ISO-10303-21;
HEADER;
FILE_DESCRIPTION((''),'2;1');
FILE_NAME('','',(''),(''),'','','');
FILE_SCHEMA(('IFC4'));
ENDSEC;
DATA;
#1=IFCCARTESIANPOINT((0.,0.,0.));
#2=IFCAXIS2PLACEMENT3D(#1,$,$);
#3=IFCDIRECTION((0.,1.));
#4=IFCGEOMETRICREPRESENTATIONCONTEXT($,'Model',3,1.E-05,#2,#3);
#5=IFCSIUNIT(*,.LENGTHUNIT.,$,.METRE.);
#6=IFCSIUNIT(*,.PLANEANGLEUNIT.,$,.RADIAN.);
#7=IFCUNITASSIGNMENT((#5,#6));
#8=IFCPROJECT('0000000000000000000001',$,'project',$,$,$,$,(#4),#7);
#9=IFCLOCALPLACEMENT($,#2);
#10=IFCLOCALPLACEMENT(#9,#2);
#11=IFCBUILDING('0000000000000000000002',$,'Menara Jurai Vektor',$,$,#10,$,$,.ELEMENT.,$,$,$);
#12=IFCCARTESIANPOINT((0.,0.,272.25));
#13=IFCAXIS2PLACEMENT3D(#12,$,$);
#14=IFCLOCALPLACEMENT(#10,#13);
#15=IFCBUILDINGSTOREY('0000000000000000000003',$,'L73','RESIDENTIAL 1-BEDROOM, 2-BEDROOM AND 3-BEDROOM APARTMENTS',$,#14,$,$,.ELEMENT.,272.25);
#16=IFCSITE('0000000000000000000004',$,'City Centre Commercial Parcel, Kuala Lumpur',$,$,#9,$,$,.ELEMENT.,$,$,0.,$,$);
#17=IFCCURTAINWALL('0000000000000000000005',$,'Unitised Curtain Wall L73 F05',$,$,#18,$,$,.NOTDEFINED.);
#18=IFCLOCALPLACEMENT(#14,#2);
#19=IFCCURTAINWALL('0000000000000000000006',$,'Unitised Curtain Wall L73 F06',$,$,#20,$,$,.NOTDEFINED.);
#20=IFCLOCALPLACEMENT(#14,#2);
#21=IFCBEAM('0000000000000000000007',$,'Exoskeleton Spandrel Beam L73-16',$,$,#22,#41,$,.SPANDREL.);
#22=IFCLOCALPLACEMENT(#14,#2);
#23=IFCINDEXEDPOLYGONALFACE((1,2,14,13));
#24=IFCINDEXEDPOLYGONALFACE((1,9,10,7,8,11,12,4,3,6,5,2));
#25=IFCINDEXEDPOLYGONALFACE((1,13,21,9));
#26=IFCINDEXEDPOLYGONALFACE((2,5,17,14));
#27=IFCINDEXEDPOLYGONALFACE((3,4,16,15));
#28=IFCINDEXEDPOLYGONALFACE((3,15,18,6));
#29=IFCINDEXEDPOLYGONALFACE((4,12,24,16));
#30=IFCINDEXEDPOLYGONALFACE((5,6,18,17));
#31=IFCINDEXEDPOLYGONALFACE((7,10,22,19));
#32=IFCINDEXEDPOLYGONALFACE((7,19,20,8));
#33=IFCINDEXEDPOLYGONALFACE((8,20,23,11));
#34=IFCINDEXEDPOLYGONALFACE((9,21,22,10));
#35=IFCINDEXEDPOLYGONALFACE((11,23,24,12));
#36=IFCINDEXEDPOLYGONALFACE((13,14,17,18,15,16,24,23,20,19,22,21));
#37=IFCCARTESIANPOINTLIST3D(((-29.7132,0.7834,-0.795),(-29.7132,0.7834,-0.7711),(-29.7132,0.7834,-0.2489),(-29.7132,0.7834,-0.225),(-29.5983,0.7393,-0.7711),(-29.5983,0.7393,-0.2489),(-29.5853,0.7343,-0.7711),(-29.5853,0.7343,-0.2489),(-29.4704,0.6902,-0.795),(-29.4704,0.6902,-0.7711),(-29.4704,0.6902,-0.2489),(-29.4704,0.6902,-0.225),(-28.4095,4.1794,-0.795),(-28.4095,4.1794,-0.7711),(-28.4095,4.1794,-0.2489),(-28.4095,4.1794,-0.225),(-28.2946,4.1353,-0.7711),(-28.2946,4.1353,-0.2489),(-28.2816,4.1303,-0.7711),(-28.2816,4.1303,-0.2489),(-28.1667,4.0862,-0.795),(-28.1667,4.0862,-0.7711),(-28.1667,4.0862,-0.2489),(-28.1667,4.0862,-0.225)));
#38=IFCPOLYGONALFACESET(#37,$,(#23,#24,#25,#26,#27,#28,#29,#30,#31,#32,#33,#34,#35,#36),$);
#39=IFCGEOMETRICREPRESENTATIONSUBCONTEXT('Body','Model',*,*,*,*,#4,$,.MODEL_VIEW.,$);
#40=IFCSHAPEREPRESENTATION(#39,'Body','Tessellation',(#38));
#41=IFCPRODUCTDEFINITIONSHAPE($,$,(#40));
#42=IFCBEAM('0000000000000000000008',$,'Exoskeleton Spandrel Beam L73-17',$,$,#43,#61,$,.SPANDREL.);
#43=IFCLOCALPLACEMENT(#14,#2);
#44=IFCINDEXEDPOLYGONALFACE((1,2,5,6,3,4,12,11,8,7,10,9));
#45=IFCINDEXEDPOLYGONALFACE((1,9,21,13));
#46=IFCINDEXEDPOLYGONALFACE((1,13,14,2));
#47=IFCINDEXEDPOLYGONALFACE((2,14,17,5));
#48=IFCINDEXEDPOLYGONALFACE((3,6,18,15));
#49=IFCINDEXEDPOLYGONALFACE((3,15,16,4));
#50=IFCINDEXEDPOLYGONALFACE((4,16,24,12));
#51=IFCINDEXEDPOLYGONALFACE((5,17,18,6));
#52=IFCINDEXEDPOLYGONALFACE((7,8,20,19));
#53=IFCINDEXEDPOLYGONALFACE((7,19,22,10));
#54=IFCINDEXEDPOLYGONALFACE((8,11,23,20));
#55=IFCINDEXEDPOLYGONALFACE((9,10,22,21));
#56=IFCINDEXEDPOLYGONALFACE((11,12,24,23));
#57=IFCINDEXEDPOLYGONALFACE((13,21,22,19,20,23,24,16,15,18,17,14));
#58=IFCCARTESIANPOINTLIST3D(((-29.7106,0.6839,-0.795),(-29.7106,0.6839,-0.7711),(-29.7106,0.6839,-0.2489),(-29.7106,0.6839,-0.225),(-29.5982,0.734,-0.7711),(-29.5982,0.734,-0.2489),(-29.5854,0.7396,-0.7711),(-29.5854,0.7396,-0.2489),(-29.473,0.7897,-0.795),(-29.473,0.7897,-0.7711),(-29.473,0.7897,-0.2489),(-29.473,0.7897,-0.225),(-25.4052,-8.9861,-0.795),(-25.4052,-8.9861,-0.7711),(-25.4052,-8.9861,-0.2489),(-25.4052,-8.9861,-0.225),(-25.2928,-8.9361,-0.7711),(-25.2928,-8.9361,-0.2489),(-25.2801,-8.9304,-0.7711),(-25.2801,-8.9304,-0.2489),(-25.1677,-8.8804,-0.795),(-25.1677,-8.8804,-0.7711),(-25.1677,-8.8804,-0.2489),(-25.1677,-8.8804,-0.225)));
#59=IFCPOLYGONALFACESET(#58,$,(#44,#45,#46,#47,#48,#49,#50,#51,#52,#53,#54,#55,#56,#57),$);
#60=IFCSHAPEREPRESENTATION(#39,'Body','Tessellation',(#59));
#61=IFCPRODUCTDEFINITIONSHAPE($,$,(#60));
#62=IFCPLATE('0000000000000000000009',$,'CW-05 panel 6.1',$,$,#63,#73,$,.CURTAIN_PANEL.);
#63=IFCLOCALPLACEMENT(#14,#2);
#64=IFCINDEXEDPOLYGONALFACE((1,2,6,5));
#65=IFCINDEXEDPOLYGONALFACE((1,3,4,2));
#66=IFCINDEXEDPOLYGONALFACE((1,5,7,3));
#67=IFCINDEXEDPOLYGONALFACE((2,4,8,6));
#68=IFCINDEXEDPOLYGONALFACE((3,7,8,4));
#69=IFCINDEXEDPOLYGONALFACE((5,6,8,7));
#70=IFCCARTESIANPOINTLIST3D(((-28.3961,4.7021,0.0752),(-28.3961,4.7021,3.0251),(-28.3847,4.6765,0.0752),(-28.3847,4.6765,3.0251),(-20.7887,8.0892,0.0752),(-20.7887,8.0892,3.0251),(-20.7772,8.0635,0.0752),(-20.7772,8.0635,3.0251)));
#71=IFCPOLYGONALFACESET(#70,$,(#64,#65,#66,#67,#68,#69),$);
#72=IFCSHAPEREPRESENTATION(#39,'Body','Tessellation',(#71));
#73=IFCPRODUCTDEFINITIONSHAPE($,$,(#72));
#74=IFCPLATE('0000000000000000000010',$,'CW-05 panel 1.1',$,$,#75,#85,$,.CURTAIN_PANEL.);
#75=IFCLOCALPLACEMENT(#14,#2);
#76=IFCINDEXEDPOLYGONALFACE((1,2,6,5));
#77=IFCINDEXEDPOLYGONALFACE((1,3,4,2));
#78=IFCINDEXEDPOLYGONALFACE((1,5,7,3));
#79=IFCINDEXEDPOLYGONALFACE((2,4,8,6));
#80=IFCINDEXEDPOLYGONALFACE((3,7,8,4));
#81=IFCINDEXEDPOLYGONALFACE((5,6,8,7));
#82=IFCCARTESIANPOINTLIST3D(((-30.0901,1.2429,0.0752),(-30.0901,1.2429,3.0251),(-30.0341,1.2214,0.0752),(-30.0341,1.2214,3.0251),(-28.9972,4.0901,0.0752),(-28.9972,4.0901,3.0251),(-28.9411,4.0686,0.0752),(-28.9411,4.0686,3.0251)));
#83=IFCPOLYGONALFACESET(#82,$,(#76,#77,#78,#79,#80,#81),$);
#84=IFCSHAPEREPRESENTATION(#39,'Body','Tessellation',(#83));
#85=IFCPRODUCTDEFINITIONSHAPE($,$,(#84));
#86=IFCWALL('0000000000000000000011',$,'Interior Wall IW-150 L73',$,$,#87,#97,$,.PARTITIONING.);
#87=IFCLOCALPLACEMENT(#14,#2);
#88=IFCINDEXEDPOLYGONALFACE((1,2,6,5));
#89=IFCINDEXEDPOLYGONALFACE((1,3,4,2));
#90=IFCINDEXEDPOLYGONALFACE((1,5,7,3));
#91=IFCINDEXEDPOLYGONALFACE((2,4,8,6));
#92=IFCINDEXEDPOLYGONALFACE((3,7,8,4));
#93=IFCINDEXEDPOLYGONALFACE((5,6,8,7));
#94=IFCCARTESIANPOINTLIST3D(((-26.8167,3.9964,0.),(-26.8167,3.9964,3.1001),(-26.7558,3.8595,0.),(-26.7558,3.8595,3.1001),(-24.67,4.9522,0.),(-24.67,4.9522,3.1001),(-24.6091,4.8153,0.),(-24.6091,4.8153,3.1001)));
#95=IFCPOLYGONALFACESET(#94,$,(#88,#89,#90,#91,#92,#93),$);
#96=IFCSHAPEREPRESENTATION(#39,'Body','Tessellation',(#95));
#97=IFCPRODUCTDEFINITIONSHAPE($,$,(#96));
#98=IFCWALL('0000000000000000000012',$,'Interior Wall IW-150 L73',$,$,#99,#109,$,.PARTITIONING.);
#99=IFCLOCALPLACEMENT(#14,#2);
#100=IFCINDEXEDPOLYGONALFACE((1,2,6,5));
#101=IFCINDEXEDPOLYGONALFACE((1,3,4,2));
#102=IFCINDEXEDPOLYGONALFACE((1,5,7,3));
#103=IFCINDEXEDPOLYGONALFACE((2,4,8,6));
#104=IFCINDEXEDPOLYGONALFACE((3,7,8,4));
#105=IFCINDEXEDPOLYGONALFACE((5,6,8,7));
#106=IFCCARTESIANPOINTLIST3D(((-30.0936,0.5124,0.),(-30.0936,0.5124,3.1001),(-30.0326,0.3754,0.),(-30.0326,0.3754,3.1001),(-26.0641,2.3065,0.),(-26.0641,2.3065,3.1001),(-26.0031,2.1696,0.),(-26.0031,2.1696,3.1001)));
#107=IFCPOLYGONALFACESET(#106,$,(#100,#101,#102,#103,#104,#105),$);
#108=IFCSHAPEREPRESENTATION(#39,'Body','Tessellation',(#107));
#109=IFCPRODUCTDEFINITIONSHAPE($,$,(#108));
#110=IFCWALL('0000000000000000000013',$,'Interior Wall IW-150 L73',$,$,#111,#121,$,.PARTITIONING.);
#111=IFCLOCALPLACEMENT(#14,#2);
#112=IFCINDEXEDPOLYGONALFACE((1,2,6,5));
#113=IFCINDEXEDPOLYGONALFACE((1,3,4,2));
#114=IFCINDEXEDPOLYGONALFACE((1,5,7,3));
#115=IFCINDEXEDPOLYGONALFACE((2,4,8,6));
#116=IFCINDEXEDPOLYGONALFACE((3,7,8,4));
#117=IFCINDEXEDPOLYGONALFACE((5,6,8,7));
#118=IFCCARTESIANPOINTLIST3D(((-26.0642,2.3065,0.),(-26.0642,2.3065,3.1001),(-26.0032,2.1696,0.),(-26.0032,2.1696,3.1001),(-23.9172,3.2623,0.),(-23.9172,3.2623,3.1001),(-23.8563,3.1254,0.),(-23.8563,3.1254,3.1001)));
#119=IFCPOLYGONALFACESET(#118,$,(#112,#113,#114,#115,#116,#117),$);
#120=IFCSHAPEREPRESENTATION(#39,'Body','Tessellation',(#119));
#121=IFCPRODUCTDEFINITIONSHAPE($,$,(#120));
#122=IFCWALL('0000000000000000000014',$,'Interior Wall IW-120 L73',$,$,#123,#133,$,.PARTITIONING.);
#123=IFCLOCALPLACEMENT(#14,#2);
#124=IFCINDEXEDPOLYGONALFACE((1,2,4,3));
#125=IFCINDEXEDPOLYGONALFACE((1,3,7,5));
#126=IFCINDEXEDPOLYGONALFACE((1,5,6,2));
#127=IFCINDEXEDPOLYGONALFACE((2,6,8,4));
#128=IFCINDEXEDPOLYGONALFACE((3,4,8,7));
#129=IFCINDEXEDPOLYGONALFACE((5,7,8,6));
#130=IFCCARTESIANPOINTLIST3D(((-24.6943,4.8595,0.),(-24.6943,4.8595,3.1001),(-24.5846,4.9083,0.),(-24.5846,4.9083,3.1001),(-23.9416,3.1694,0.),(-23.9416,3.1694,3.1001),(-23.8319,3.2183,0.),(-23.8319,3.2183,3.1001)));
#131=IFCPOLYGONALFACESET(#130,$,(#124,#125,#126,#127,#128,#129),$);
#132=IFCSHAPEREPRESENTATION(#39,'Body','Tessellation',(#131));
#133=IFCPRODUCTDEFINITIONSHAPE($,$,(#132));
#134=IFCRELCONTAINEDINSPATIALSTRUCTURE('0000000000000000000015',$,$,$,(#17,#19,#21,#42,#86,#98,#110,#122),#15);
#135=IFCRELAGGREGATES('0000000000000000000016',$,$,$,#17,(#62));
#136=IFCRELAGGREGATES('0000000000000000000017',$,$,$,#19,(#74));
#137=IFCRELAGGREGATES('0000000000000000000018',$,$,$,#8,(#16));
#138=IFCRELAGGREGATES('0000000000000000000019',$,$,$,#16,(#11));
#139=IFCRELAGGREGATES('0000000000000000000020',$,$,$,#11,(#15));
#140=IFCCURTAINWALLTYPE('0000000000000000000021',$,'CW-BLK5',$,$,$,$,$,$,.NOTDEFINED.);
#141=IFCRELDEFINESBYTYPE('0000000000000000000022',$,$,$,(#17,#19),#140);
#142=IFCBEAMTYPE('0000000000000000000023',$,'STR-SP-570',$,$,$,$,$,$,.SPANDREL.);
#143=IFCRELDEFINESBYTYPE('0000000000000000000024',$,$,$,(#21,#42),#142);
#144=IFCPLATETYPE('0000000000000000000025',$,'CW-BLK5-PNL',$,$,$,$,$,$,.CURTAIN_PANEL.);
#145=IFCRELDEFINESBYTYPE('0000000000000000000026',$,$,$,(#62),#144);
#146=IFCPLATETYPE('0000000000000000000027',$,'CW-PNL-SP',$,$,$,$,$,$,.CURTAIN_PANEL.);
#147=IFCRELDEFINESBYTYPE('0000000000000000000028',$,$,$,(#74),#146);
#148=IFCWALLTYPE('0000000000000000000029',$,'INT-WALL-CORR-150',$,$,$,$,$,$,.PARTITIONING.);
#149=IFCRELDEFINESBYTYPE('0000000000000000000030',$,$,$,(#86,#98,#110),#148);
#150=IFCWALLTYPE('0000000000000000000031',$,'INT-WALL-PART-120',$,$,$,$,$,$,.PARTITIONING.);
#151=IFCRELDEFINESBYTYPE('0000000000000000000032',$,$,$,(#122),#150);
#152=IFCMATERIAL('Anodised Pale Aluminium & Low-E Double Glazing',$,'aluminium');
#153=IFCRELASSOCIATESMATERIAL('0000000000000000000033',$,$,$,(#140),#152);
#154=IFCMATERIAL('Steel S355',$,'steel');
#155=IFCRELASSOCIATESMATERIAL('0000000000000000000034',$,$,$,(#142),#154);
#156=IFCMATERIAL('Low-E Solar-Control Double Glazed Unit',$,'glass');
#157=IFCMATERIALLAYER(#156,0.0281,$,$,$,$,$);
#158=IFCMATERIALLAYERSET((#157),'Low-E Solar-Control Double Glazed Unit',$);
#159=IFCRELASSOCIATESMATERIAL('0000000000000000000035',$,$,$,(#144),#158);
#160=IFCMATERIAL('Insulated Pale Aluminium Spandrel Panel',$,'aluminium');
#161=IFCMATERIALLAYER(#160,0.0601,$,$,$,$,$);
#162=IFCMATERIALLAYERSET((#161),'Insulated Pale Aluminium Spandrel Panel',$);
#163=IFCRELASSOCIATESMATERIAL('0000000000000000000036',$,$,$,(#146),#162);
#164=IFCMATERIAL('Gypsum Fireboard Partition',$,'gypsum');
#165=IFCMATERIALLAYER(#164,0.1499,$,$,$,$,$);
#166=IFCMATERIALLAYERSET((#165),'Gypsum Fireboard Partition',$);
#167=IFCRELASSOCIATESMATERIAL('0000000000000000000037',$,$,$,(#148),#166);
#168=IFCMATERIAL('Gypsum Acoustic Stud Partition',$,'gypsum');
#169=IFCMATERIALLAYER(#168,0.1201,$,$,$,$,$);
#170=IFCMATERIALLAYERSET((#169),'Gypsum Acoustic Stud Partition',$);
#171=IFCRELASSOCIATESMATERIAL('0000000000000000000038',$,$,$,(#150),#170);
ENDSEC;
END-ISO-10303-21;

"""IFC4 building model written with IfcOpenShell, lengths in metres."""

from ifc_helpers import new_model, si_unit, direction, frame, frame_2d, origin, origin_2d, place, context, subcontext, project, spatial, rectangle, i_section, extrude, material, layer, layer_set, material_profile, profile_set, type_object, element, aggregate, save


model = new_model("IFC4")

# Units and contexts
model_context = context("Model", 3, precision=1e-05, world=origin(), true_north=direction((0.0, 1.0)))
body_context = subcontext(model_context, "Body", "Model", "MODEL_VIEW")
ifc_project = project(units=[si_unit("LENGTHUNIT", "METRE"), si_unit("PLANEANGLEUNIT", "RADIAN")], contexts=[model_context])

# Site, building, storey
site_placement = place(None, origin())
site = spatial("IfcSite", under=ifc_project, at=site_placement, Name="City Centre Commercial Parcel, Kuala Lumpur", CompositionType="ELEMENT", RefElevation=0.0)
building_placement = place(site_placement, origin())
building = spatial("IfcBuilding", under=site, at=building_placement, Name="Menara Jurai Vektor", CompositionType="ELEMENT")
storey_placement = place(building_placement, frame((0.0, 0.0, 272.25)))
storey = spatial("IfcBuildingStorey", under=building, at=storey_placement, Name="L73", Description="RESIDENTIAL 1-BEDROOM, 2-BEDROOM AND 3-BEDROOM APARTMENTS", CompositionType="ELEMENT", Elevation=272.25)

# Curtain wall
ifc_material_1 = material(Name="Anodised Pale Aluminium & Low-E Double Glazing", Category="aluminium")
curtain_wall_type = type_object("IfcCurtainWallType", Name="CW-BLK5", PredefinedType="NOTDEFINED", material=ifc_material_1)
curtain_wall_1_placement = place(storey_placement, origin())
curtain_wall_1 = element("IfcCurtainWall", 1, at=curtain_wall_1_placement, inside=storey, type_object=curtain_wall_type, Name="Unitised Curtain Wall L73 F05", PredefinedType="NOTDEFINED")

# Curtain wall
curtain_wall_2_placement = place(storey_placement, origin())
curtain_wall_2 = element("IfcCurtainWall", 2, at=curtain_wall_2_placement, inside=storey, type_object=curtain_wall_type, Name="Unitised Curtain Wall L73 F06", PredefinedType="NOTDEFINED")

# Shared definitions
ifc_material_2 = material(Name="Steel S355", Category="steel")

# Beams
ifc_material_profile_1 = material_profile(ifc_material_2, i_section(OverallWidth=0.26, OverallDepth=0.5701, WebThickness=0.0139, FlangeThickness=0.0239, at=origin_2d()), Name="PG 570x260x145")
ifc_profile_set_1 = profile_set([ifc_material_profile_1], Name="Steel S355")
beam_type_1 = type_object("IfcBeamType", Name="STR-SP-570", PredefinedType="SPANDREL", material=ifc_profile_set_1)
beam_1_placement = place(storey_placement, frame((-28.2881, 4.1328, -0.51), z_axis=(-0.358394, -0.93357, 0.0), x_axis=(0.93357, -0.358394, 0.0)))
element("IfcBeam", 3, at=beam_1_placement, inside=storey, type_object=beam_type_1, Name="Exoskeleton Spandrel Beam L73-16", PredefinedType="SPANDREL", context=body_context, shape_type="SweptSolid", body=[
    extrude(i_section(OverallWidth=0.26, OverallDepth=0.5701, WebThickness=0.0139, FlangeThickness=0.0239, at=origin_2d()), origin(), (0.0, 0.0, 1.0), 3.6377),
])
beam_2_placement = place(storey_placement, frame((-29.5918, 0.7368, -0.51), z_axis=(0.406735, -0.913546, 0.0), x_axis=(0.913546, 0.406735, 0.0)))
element("IfcBeam", 4, at=beam_2_placement, inside=storey, type_object=beam_type_1, Name="Exoskeleton Spandrel Beam L73-17", PredefinedType="SPANDREL", context=body_context, shape_type="SweptSolid", body=[
    extrude(i_section(OverallWidth=0.26, OverallDepth=0.5701, WebThickness=0.0139, FlangeThickness=0.0239, at=origin_2d()), origin(), (0.0, 0.0, 1.0), 10.5852),
])

# Plates
ifc_material_3 = material(Name="Low-E Solar-Control Double Glazed Unit", Category="glass")
ifc_layer_1 = layer(ifc_material_3, 0.0281)
ifc_layer_set_1 = layer_set([ifc_layer_1], Name="Low-E Solar-Control Double Glazed Unit")
plate_type_1 = type_object("IfcPlateType", Name="CW-BLK5-PNL", PredefinedType="CURTAIN_PANEL", material=ifc_layer_set_1)
plate_1_placement = place(storey_placement, frame((-24.5867, 6.3828, 0.0752), z_axis=(0.0, 0.0, 1.0), x_axis=(-0.913546, -0.406735, 0.0)))
plate_1 = element("IfcPlate", 5, at=plate_1_placement, type_object=plate_type_1, Name="CW-05 panel 6.1", PredefinedType="CURTAIN_PANEL", context=body_context, shape_type="SweptSolid", body=[
    extrude(rectangle(XDim=8.3274, YDim=0.0281, at=origin_2d()), origin(), (0.0, 0.0, 1.0), 2.95),
])
aggregate(curtain_wall_1, [plate_1])
ifc_material_4 = material(Name="Insulated Pale Aluminium Spandrel Panel", Category="aluminium")
ifc_layer_2 = layer(ifc_material_4, 0.0601)
ifc_layer_set_2 = layer_set([ifc_layer_2], Name="Insulated Pale Aluminium Spandrel Panel")
plate_type_2 = type_object("IfcPlateType", Name="CW-PNL-SP", PredefinedType="CURTAIN_PANEL", material=ifc_layer_set_2)
plate_2_placement = place(storey_placement, frame((-29.5156, 2.6558, 0.0752), z_axis=(0.0, 0.0, 1.0), x_axis=(-0.358374, -0.933578, 0.0)))
plate_2 = element("IfcPlate", 6, at=plate_2_placement, type_object=plate_type_2, Name="CW-05 panel 1.1", PredefinedType="CURTAIN_PANEL", context=body_context, shape_type="SweptSolid", body=[
    extrude(rectangle(XDim=3.0498, YDim=0.0601, at=origin_2d()), origin(), (0.0, 0.0, 1.0), 2.95),
])
aggregate(curtain_wall_2, [plate_2])

# Shared definitions
ifc_material_5 = material(Name="Gypsum Fireboard Partition", Category="gypsum")
ifc_layer_3 = layer(ifc_material_5, 0.1499)
ifc_layer_set_3 = layer_set([ifc_layer_3], Name="Gypsum Fireboard Partition")
wall_type_1 = type_object("IfcWallType", Name="INT-WALL-CORR-150", PredefinedType="PARTITIONING", material=ifc_layer_set_3)

# Wall
wall_1_placement = place(storey_placement, frame((-26.7861, 3.928, 0.0), z_axis=(0.0, 0.0, 1.0), x_axis=(0.913541, 0.406746, 0.0)))
element("IfcWall", 7, at=wall_1_placement, inside=storey, type_object=wall_type_1, Name="Interior Wall IW-150 L73", PredefinedType="PARTITIONING", context=body_context, shape_type="SweptSolid", body=[
    extrude(rectangle(XDim=2.3499, YDim=0.1499, at=frame_2d((1.1748, 0.0))), origin(), (0.0, 0.0, 1.0), 3.1001),
])

# Walls
wall_2_placement = place(storey_placement, frame((-30.0632, 0.4438, 0.0), z_axis=(0.0, 0.0, 1.0), x_axis=(0.913535, 0.40676, 0.0)))
element("IfcWall", 8, at=wall_2_placement, inside=storey, type_object=wall_type_1, Name="Interior Wall IW-150 L73", PredefinedType="PARTITIONING", context=body_context, shape_type="SweptSolid", body=[
    extrude(rectangle(XDim=4.4109, YDim=0.1499, at=frame_2d((2.2056, 0.0))), origin(), (0.0, 0.0, 1.0), 3.1001),
])
wall_3_placement = place(storey_placement, frame((-26.0337, 2.238, 0.0), z_axis=(0.0, 0.0, 1.0), x_axis=(0.913559, 0.406707, 0.0)))
element("IfcWall", 9, at=wall_3_placement, inside=storey, type_object=wall_type_1, Name="Interior Wall IW-150 L73", PredefinedType="PARTITIONING", context=body_context, shape_type="SweptSolid", body=[
    extrude(rectangle(XDim=2.3501, YDim=0.1499, at=frame_2d((1.175, 0.0))), origin(), (0.0, 0.0, 1.0), 3.1001),
])
ifc_material_6 = material(Name="Gypsum Acoustic Stud Partition", Category="gypsum")
ifc_layer_4 = layer(ifc_material_6, 0.1201)
ifc_layer_set_4 = layer_set([ifc_layer_4], Name="Gypsum Acoustic Stud Partition")
wall_type_2 = type_object("IfcWallType", Name="INT-WALL-PART-120", PredefinedType="PARTITIONING", material=ifc_layer_set_4)
wall_4_placement = place(storey_placement, frame((-23.8867, 3.1938, 0.0), z_axis=(0.0, 0.0, 1.0), x_axis=(-0.406861, 0.91349, 0.0)))
element("IfcWall", 10, at=wall_4_placement, inside=storey, type_object=wall_type_2, Name="Interior Wall IW-120 L73", PredefinedType="PARTITIONING", context=body_context, shape_type="SweptSolid", body=[
    extrude(rectangle(XDim=1.8501, YDim=0.1201, at=frame_2d((0.925, 0.0))), origin(), (0.0, 0.0, 1.0), 3.1001),
])

save(model, "model.ifc")
